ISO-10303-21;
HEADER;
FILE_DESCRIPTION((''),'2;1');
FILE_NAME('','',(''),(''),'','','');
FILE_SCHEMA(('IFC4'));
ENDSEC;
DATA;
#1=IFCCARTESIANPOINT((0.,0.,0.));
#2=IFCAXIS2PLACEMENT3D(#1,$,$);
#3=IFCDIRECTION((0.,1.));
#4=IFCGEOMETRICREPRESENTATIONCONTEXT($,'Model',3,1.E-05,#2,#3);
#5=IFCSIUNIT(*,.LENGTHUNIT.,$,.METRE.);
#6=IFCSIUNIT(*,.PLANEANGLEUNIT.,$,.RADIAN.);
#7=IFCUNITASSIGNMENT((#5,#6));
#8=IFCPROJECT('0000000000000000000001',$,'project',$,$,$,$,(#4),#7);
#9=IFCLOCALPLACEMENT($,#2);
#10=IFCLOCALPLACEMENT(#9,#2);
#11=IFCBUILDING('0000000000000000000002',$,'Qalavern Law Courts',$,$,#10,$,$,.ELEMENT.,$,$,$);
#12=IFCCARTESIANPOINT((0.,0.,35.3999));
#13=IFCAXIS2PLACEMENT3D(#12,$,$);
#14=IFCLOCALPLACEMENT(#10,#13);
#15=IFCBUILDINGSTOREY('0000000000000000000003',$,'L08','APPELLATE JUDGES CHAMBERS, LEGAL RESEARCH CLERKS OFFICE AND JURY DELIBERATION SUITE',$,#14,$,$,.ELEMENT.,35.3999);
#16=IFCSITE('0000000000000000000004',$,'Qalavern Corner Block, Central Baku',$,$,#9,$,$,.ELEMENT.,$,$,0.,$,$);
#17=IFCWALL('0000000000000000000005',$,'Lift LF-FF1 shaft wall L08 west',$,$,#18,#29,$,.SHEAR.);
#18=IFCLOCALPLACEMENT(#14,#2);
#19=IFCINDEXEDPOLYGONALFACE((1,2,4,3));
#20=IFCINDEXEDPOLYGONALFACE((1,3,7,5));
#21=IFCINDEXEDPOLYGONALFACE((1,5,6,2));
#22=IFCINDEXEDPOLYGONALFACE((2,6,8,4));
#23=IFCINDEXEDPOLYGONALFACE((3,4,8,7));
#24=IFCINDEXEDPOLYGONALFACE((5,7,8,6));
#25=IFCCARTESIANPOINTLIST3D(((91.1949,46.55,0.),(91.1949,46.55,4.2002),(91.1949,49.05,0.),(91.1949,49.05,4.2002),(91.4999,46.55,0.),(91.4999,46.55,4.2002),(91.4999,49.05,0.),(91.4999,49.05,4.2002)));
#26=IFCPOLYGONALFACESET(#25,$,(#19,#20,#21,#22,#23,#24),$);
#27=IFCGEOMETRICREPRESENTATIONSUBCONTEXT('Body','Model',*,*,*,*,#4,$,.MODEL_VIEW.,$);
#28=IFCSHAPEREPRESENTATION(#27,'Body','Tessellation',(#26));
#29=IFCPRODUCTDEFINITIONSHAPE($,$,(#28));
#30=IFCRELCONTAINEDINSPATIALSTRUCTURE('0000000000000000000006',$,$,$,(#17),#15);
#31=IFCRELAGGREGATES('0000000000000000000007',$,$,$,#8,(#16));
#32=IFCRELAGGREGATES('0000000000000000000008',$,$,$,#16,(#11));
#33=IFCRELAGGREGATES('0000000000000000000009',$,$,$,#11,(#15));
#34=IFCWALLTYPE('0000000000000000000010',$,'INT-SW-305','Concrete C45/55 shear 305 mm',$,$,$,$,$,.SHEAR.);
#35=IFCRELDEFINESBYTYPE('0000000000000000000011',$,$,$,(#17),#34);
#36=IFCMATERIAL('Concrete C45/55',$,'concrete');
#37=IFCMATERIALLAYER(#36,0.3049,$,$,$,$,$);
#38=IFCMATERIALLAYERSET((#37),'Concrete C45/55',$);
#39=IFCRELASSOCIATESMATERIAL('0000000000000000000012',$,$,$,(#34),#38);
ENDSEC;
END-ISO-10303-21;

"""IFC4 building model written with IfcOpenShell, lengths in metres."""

from ifc_helpers import new_model, si_unit, direction, frame, frame_2d, origin, place, context, subcontext, project, spatial, rectangle, extrude, material, layer, layer_set, type_object, element, save


model = new_model("IFC4")

# Units and contexts
model_context = context("Model", 3, precision=1e-05, world=origin(), true_north=direction((0.0, 1.0)))
body_context = subcontext(model_context, "Body", "Model", "MODEL_VIEW")
ifc_project = project(units=[si_unit("LENGTHUNIT", "METRE"), si_unit("PLANEANGLEUNIT", "RADIAN")], contexts=[model_context])

# Site, building, storey
site_placement = place(None, origin())
site = spatial("IfcSite", under=ifc_project, at=site_placement, Name="Qalavern Corner Block, Central Baku", CompositionType="ELEMENT", RefElevation=0.0)
building_placement = place(site_placement, origin())
building = spatial("IfcBuilding", under=site, at=building_placement, Name="Qalavern Law Courts", CompositionType="ELEMENT")
storey_placement = place(building_placement, frame((0.0, 0.0, 35.3999)))
storey = spatial("IfcBuildingStorey", under=building, at=storey_placement, Name="L08", Description="APPELLATE JUDGES CHAMBERS, LEGAL RESEARCH CLERKS OFFICE AND JURY DELIBERATION SUITE", CompositionType="ELEMENT", Elevation=35.3999)

# Shared definitions
ifc_material_1 = material(Name="Concrete C45/55", Category="concrete")

# Shared definitions
ifc_layer_1 = layer(ifc_material_1, 0.3049)
ifc_layer_set_1 = layer_set([ifc_layer_1], Name="Concrete C45/55")
wall_type_1 = type_object("IfcWallType", Name="INT-SW-305", Description="Concrete C45/55 shear 305 mm", PredefinedType="SHEAR", material=ifc_layer_set_1)

# Wall
for number, where, z_axis, x_axis, name in (
    (1, (91.3474, 49.05, 0.0), (0.0, 0.0, 1.0), (0.0, -1.0, 0.0), "Lift LF-FF1 shaft wall L08 west"),
):
    element("IfcWall", number, at=place(storey_placement, frame(where, z_axis=z_axis, x_axis=x_axis)), inside=storey, type_object=wall_type_1, Name=name, PredefinedType="SHEAR", context=body_context, shape_type="SweptSolid", body=[
        extrude(rectangle(XDim=2.5, YDim=0.3049, at=frame_2d((1.25, 0.0))), origin(), (0.0, 0.0, 1.0), 4.2002),
    ])

save(model, "model.ifc")
